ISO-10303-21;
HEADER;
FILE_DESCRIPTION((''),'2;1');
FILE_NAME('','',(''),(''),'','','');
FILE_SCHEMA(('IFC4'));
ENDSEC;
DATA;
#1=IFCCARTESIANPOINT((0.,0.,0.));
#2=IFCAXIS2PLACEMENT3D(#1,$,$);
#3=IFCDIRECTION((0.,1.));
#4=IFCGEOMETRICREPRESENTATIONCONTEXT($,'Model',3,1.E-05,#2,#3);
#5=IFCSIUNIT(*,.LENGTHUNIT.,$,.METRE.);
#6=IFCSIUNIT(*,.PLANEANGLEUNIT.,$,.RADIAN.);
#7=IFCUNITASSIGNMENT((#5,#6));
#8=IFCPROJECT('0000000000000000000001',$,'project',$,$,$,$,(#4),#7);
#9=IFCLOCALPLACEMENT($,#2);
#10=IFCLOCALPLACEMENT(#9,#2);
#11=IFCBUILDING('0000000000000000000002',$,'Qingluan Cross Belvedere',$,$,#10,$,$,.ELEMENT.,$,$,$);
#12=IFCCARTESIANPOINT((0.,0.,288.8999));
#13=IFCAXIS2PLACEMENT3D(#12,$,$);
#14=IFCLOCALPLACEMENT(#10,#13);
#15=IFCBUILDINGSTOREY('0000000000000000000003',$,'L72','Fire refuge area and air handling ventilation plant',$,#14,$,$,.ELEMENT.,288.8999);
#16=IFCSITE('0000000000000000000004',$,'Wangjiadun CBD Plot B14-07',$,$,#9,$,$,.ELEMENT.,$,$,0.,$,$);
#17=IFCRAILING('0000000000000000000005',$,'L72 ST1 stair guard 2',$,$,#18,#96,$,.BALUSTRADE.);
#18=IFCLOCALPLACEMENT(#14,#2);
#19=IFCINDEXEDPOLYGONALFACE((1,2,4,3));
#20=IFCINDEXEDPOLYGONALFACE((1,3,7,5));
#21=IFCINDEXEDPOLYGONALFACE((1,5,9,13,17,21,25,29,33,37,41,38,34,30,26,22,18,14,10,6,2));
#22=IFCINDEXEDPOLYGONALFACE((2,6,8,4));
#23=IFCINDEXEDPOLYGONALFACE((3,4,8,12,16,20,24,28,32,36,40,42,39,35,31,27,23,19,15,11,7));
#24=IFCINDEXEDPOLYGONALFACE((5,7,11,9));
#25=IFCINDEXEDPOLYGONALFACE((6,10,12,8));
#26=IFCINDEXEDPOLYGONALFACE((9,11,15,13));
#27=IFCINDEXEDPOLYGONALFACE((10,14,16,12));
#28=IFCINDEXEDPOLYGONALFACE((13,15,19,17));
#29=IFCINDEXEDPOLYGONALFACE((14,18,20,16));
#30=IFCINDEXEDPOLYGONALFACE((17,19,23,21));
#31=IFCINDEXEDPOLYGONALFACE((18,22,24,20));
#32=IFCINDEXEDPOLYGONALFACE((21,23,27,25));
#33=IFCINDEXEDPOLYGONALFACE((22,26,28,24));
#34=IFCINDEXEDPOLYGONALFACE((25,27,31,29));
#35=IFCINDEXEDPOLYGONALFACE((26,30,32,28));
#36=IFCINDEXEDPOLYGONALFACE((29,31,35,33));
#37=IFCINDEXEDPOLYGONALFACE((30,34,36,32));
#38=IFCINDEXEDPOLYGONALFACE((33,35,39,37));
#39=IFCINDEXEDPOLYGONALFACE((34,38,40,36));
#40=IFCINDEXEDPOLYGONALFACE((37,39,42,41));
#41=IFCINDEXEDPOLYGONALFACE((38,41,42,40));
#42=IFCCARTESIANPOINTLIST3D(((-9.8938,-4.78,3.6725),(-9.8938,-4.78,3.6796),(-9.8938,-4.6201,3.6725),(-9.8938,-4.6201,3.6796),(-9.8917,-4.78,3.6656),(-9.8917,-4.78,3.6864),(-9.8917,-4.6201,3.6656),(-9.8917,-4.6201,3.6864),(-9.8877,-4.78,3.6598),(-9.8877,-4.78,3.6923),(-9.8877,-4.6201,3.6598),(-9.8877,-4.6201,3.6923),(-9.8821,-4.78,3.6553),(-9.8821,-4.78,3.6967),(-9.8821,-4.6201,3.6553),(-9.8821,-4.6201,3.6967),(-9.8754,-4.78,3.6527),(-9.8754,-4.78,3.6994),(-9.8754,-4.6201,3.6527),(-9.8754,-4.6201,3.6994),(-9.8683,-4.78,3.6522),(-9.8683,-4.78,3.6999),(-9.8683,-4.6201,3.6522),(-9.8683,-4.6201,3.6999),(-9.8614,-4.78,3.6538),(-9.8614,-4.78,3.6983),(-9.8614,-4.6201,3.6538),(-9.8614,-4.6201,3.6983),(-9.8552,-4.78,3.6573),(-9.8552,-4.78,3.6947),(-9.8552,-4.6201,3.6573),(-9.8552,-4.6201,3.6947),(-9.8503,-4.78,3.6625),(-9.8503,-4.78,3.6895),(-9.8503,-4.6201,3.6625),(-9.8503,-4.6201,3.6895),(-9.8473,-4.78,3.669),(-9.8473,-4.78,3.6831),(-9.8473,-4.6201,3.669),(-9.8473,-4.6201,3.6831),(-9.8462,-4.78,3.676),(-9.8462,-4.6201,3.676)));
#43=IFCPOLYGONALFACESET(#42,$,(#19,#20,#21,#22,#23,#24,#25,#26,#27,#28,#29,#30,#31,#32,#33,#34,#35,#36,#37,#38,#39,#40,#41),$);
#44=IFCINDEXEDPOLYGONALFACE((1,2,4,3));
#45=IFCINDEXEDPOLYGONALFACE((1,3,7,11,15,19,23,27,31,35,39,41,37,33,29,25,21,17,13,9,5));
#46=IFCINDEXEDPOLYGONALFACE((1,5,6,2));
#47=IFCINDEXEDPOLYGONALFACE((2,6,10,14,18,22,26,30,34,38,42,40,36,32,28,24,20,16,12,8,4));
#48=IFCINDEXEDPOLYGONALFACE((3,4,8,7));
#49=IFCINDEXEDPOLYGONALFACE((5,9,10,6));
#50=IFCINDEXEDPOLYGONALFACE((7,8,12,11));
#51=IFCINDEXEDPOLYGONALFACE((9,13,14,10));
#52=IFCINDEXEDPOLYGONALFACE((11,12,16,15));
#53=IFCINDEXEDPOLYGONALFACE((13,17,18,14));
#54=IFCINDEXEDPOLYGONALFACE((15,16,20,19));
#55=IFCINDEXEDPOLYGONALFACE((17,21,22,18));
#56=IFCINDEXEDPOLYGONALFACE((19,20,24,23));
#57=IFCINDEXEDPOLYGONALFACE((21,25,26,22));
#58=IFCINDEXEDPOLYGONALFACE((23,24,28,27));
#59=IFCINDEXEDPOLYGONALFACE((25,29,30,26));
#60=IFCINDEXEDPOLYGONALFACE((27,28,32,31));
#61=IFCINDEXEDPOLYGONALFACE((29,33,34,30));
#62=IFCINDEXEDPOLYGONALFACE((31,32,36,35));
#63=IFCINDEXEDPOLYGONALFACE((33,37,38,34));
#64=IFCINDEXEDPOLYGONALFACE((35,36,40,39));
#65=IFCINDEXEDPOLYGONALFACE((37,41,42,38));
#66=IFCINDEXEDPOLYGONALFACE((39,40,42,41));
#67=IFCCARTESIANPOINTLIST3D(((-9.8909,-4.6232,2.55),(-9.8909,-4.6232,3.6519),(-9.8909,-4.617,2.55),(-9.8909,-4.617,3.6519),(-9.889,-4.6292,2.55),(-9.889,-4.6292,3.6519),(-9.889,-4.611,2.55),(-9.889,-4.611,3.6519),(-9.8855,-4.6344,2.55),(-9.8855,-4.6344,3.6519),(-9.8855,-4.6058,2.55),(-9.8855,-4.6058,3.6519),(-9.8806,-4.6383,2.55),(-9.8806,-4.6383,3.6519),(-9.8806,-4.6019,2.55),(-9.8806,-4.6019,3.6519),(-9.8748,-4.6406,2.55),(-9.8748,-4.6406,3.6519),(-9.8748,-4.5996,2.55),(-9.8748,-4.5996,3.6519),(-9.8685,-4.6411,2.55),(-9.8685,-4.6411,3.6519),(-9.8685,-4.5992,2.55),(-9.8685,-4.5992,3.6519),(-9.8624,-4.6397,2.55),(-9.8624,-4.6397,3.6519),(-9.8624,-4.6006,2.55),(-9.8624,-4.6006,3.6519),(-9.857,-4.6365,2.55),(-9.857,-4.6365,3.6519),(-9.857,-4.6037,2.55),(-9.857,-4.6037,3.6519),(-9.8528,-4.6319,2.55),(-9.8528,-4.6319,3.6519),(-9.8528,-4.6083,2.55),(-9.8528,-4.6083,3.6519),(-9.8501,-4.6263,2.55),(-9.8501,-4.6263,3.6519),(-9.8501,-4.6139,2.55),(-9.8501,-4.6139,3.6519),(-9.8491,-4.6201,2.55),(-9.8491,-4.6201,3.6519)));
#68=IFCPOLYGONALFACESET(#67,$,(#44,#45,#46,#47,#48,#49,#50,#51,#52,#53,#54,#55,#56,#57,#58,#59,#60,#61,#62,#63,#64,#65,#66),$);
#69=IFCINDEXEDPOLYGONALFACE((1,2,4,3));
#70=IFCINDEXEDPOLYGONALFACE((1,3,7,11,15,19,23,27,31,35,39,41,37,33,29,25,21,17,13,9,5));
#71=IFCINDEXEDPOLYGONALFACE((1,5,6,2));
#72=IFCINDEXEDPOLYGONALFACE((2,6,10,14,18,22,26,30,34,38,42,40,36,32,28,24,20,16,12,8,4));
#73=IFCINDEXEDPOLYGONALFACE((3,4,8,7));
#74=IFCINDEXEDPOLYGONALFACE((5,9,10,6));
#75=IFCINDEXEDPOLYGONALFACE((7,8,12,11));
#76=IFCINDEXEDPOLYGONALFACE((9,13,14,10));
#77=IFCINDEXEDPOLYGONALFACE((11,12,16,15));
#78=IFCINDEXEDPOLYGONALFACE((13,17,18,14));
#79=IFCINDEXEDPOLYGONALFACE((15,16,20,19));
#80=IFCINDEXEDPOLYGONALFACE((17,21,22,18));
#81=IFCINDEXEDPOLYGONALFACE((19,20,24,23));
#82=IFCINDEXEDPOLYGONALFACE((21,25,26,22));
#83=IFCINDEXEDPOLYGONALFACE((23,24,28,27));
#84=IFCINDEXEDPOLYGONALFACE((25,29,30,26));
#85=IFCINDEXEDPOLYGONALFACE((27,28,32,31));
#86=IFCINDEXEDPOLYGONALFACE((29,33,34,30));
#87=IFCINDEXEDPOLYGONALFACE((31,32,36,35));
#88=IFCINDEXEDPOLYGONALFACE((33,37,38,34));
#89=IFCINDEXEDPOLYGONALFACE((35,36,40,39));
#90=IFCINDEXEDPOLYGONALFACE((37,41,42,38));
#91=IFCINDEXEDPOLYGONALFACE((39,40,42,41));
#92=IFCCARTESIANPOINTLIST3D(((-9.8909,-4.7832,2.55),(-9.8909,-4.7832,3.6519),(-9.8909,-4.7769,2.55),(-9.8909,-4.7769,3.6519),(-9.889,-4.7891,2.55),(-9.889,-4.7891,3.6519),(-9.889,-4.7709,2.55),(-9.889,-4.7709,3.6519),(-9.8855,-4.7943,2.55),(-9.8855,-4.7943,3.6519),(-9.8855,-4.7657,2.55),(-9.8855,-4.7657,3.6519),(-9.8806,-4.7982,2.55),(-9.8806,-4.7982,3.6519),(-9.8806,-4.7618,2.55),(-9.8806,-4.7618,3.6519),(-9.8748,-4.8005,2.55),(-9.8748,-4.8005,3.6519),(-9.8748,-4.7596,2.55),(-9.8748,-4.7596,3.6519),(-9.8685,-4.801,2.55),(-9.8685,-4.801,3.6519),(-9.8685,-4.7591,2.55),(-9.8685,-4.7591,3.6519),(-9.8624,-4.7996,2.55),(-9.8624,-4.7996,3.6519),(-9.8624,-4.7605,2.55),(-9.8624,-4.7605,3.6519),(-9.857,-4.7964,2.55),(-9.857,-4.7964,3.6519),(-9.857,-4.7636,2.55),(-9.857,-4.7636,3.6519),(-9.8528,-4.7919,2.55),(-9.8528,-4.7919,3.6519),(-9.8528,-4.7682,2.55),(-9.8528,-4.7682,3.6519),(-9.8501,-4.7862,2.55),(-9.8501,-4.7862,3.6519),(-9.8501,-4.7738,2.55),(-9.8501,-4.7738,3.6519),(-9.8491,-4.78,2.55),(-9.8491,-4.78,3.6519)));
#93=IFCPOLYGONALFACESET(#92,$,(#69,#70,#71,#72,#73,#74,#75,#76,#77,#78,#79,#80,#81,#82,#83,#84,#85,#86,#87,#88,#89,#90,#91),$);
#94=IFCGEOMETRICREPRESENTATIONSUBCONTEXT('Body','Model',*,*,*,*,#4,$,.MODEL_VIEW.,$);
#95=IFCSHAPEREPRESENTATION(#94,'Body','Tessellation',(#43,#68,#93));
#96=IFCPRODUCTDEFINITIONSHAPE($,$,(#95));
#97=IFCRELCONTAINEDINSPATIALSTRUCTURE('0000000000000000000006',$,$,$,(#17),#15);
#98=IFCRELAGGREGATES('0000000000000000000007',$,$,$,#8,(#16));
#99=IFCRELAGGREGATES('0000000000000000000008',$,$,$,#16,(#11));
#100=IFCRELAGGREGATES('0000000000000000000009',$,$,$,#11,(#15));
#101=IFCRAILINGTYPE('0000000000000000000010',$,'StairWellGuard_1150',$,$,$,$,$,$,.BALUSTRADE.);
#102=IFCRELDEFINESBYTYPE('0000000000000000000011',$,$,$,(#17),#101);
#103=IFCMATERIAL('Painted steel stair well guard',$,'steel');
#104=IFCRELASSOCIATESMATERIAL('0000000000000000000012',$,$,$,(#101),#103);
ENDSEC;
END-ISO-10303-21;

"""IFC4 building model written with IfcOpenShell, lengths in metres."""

from ifc_helpers import new_model, si_unit, direction, frame, origin, origin_2d, place, context, subcontext, project, spatial, circle, extrude, material, type_object, element, save


model = new_model("IFC4")

# Units and contexts
model_context = context("Model", 3, precision=1e-05, world=origin(), true_north=direction((0.0, 1.0)))
body_context = subcontext(model_context, "Body", "Model", "MODEL_VIEW")
ifc_project = project(units=[si_unit("LENGTHUNIT", "METRE"), si_unit("PLANEANGLEUNIT", "RADIAN")], contexts=[model_context])

# Site, building, storey
site_placement = place(None, origin())
site = spatial("IfcSite", under=ifc_project, at=site_placement, Name="Wangjiadun CBD Plot B14-07", CompositionType="ELEMENT", RefElevation=0.0)
building_placement = place(site_placement, origin())
building = spatial("IfcBuilding", under=site, at=building_placement, Name="Qingluan Cross Belvedere", CompositionType="ELEMENT")
storey_placement = place(building_placement, frame((0.0, 0.0, 288.8999)))
storey = spatial("IfcBuildingStorey", under=building, at=storey_placement, Name="L72", Description="Fire refuge area and air handling ventilation plant", CompositionType="ELEMENT", Elevation=288.8999)

# Railing
ifc_material_1 = material(Name="Painted steel stair well guard", Category="steel")
railing_type_1 = type_object("IfcRailingType", Name="StairWellGuard_1150", PredefinedType="BALUSTRADE", material=ifc_material_1)
railing_1_placement = place(storey_placement, frame((-9.8701, -4.6201, 2.55)))
element("IfcRailing", 1, at=railing_1_placement, inside=storey, type_object=railing_type_1, Name="L72 ST1 stair guard 2", PredefinedType="BALUSTRADE", context=body_context, shape_type="SweptSolid", body=[
    extrude(circle(Radius=0.0239, at=origin_2d()), frame((0.0, 0.0, 1.126), z_axis=(0.0, -1.0, 0.0), x_axis=(1.0, 0.0, 0.0)), (0.0, 0.0, 1.0), 0.1599),
    extrude(circle(Radius=0.021, at=origin_2d()), origin(), (0.0, 0.0, 1.0), 1.1018),
    extrude(circle(Radius=0.021, at=origin_2d()), frame((0.0, -0.1599, 0.0)), (0.0, 0.0, 1.0), 1.1018),
])

save(model, "model.ifc")
